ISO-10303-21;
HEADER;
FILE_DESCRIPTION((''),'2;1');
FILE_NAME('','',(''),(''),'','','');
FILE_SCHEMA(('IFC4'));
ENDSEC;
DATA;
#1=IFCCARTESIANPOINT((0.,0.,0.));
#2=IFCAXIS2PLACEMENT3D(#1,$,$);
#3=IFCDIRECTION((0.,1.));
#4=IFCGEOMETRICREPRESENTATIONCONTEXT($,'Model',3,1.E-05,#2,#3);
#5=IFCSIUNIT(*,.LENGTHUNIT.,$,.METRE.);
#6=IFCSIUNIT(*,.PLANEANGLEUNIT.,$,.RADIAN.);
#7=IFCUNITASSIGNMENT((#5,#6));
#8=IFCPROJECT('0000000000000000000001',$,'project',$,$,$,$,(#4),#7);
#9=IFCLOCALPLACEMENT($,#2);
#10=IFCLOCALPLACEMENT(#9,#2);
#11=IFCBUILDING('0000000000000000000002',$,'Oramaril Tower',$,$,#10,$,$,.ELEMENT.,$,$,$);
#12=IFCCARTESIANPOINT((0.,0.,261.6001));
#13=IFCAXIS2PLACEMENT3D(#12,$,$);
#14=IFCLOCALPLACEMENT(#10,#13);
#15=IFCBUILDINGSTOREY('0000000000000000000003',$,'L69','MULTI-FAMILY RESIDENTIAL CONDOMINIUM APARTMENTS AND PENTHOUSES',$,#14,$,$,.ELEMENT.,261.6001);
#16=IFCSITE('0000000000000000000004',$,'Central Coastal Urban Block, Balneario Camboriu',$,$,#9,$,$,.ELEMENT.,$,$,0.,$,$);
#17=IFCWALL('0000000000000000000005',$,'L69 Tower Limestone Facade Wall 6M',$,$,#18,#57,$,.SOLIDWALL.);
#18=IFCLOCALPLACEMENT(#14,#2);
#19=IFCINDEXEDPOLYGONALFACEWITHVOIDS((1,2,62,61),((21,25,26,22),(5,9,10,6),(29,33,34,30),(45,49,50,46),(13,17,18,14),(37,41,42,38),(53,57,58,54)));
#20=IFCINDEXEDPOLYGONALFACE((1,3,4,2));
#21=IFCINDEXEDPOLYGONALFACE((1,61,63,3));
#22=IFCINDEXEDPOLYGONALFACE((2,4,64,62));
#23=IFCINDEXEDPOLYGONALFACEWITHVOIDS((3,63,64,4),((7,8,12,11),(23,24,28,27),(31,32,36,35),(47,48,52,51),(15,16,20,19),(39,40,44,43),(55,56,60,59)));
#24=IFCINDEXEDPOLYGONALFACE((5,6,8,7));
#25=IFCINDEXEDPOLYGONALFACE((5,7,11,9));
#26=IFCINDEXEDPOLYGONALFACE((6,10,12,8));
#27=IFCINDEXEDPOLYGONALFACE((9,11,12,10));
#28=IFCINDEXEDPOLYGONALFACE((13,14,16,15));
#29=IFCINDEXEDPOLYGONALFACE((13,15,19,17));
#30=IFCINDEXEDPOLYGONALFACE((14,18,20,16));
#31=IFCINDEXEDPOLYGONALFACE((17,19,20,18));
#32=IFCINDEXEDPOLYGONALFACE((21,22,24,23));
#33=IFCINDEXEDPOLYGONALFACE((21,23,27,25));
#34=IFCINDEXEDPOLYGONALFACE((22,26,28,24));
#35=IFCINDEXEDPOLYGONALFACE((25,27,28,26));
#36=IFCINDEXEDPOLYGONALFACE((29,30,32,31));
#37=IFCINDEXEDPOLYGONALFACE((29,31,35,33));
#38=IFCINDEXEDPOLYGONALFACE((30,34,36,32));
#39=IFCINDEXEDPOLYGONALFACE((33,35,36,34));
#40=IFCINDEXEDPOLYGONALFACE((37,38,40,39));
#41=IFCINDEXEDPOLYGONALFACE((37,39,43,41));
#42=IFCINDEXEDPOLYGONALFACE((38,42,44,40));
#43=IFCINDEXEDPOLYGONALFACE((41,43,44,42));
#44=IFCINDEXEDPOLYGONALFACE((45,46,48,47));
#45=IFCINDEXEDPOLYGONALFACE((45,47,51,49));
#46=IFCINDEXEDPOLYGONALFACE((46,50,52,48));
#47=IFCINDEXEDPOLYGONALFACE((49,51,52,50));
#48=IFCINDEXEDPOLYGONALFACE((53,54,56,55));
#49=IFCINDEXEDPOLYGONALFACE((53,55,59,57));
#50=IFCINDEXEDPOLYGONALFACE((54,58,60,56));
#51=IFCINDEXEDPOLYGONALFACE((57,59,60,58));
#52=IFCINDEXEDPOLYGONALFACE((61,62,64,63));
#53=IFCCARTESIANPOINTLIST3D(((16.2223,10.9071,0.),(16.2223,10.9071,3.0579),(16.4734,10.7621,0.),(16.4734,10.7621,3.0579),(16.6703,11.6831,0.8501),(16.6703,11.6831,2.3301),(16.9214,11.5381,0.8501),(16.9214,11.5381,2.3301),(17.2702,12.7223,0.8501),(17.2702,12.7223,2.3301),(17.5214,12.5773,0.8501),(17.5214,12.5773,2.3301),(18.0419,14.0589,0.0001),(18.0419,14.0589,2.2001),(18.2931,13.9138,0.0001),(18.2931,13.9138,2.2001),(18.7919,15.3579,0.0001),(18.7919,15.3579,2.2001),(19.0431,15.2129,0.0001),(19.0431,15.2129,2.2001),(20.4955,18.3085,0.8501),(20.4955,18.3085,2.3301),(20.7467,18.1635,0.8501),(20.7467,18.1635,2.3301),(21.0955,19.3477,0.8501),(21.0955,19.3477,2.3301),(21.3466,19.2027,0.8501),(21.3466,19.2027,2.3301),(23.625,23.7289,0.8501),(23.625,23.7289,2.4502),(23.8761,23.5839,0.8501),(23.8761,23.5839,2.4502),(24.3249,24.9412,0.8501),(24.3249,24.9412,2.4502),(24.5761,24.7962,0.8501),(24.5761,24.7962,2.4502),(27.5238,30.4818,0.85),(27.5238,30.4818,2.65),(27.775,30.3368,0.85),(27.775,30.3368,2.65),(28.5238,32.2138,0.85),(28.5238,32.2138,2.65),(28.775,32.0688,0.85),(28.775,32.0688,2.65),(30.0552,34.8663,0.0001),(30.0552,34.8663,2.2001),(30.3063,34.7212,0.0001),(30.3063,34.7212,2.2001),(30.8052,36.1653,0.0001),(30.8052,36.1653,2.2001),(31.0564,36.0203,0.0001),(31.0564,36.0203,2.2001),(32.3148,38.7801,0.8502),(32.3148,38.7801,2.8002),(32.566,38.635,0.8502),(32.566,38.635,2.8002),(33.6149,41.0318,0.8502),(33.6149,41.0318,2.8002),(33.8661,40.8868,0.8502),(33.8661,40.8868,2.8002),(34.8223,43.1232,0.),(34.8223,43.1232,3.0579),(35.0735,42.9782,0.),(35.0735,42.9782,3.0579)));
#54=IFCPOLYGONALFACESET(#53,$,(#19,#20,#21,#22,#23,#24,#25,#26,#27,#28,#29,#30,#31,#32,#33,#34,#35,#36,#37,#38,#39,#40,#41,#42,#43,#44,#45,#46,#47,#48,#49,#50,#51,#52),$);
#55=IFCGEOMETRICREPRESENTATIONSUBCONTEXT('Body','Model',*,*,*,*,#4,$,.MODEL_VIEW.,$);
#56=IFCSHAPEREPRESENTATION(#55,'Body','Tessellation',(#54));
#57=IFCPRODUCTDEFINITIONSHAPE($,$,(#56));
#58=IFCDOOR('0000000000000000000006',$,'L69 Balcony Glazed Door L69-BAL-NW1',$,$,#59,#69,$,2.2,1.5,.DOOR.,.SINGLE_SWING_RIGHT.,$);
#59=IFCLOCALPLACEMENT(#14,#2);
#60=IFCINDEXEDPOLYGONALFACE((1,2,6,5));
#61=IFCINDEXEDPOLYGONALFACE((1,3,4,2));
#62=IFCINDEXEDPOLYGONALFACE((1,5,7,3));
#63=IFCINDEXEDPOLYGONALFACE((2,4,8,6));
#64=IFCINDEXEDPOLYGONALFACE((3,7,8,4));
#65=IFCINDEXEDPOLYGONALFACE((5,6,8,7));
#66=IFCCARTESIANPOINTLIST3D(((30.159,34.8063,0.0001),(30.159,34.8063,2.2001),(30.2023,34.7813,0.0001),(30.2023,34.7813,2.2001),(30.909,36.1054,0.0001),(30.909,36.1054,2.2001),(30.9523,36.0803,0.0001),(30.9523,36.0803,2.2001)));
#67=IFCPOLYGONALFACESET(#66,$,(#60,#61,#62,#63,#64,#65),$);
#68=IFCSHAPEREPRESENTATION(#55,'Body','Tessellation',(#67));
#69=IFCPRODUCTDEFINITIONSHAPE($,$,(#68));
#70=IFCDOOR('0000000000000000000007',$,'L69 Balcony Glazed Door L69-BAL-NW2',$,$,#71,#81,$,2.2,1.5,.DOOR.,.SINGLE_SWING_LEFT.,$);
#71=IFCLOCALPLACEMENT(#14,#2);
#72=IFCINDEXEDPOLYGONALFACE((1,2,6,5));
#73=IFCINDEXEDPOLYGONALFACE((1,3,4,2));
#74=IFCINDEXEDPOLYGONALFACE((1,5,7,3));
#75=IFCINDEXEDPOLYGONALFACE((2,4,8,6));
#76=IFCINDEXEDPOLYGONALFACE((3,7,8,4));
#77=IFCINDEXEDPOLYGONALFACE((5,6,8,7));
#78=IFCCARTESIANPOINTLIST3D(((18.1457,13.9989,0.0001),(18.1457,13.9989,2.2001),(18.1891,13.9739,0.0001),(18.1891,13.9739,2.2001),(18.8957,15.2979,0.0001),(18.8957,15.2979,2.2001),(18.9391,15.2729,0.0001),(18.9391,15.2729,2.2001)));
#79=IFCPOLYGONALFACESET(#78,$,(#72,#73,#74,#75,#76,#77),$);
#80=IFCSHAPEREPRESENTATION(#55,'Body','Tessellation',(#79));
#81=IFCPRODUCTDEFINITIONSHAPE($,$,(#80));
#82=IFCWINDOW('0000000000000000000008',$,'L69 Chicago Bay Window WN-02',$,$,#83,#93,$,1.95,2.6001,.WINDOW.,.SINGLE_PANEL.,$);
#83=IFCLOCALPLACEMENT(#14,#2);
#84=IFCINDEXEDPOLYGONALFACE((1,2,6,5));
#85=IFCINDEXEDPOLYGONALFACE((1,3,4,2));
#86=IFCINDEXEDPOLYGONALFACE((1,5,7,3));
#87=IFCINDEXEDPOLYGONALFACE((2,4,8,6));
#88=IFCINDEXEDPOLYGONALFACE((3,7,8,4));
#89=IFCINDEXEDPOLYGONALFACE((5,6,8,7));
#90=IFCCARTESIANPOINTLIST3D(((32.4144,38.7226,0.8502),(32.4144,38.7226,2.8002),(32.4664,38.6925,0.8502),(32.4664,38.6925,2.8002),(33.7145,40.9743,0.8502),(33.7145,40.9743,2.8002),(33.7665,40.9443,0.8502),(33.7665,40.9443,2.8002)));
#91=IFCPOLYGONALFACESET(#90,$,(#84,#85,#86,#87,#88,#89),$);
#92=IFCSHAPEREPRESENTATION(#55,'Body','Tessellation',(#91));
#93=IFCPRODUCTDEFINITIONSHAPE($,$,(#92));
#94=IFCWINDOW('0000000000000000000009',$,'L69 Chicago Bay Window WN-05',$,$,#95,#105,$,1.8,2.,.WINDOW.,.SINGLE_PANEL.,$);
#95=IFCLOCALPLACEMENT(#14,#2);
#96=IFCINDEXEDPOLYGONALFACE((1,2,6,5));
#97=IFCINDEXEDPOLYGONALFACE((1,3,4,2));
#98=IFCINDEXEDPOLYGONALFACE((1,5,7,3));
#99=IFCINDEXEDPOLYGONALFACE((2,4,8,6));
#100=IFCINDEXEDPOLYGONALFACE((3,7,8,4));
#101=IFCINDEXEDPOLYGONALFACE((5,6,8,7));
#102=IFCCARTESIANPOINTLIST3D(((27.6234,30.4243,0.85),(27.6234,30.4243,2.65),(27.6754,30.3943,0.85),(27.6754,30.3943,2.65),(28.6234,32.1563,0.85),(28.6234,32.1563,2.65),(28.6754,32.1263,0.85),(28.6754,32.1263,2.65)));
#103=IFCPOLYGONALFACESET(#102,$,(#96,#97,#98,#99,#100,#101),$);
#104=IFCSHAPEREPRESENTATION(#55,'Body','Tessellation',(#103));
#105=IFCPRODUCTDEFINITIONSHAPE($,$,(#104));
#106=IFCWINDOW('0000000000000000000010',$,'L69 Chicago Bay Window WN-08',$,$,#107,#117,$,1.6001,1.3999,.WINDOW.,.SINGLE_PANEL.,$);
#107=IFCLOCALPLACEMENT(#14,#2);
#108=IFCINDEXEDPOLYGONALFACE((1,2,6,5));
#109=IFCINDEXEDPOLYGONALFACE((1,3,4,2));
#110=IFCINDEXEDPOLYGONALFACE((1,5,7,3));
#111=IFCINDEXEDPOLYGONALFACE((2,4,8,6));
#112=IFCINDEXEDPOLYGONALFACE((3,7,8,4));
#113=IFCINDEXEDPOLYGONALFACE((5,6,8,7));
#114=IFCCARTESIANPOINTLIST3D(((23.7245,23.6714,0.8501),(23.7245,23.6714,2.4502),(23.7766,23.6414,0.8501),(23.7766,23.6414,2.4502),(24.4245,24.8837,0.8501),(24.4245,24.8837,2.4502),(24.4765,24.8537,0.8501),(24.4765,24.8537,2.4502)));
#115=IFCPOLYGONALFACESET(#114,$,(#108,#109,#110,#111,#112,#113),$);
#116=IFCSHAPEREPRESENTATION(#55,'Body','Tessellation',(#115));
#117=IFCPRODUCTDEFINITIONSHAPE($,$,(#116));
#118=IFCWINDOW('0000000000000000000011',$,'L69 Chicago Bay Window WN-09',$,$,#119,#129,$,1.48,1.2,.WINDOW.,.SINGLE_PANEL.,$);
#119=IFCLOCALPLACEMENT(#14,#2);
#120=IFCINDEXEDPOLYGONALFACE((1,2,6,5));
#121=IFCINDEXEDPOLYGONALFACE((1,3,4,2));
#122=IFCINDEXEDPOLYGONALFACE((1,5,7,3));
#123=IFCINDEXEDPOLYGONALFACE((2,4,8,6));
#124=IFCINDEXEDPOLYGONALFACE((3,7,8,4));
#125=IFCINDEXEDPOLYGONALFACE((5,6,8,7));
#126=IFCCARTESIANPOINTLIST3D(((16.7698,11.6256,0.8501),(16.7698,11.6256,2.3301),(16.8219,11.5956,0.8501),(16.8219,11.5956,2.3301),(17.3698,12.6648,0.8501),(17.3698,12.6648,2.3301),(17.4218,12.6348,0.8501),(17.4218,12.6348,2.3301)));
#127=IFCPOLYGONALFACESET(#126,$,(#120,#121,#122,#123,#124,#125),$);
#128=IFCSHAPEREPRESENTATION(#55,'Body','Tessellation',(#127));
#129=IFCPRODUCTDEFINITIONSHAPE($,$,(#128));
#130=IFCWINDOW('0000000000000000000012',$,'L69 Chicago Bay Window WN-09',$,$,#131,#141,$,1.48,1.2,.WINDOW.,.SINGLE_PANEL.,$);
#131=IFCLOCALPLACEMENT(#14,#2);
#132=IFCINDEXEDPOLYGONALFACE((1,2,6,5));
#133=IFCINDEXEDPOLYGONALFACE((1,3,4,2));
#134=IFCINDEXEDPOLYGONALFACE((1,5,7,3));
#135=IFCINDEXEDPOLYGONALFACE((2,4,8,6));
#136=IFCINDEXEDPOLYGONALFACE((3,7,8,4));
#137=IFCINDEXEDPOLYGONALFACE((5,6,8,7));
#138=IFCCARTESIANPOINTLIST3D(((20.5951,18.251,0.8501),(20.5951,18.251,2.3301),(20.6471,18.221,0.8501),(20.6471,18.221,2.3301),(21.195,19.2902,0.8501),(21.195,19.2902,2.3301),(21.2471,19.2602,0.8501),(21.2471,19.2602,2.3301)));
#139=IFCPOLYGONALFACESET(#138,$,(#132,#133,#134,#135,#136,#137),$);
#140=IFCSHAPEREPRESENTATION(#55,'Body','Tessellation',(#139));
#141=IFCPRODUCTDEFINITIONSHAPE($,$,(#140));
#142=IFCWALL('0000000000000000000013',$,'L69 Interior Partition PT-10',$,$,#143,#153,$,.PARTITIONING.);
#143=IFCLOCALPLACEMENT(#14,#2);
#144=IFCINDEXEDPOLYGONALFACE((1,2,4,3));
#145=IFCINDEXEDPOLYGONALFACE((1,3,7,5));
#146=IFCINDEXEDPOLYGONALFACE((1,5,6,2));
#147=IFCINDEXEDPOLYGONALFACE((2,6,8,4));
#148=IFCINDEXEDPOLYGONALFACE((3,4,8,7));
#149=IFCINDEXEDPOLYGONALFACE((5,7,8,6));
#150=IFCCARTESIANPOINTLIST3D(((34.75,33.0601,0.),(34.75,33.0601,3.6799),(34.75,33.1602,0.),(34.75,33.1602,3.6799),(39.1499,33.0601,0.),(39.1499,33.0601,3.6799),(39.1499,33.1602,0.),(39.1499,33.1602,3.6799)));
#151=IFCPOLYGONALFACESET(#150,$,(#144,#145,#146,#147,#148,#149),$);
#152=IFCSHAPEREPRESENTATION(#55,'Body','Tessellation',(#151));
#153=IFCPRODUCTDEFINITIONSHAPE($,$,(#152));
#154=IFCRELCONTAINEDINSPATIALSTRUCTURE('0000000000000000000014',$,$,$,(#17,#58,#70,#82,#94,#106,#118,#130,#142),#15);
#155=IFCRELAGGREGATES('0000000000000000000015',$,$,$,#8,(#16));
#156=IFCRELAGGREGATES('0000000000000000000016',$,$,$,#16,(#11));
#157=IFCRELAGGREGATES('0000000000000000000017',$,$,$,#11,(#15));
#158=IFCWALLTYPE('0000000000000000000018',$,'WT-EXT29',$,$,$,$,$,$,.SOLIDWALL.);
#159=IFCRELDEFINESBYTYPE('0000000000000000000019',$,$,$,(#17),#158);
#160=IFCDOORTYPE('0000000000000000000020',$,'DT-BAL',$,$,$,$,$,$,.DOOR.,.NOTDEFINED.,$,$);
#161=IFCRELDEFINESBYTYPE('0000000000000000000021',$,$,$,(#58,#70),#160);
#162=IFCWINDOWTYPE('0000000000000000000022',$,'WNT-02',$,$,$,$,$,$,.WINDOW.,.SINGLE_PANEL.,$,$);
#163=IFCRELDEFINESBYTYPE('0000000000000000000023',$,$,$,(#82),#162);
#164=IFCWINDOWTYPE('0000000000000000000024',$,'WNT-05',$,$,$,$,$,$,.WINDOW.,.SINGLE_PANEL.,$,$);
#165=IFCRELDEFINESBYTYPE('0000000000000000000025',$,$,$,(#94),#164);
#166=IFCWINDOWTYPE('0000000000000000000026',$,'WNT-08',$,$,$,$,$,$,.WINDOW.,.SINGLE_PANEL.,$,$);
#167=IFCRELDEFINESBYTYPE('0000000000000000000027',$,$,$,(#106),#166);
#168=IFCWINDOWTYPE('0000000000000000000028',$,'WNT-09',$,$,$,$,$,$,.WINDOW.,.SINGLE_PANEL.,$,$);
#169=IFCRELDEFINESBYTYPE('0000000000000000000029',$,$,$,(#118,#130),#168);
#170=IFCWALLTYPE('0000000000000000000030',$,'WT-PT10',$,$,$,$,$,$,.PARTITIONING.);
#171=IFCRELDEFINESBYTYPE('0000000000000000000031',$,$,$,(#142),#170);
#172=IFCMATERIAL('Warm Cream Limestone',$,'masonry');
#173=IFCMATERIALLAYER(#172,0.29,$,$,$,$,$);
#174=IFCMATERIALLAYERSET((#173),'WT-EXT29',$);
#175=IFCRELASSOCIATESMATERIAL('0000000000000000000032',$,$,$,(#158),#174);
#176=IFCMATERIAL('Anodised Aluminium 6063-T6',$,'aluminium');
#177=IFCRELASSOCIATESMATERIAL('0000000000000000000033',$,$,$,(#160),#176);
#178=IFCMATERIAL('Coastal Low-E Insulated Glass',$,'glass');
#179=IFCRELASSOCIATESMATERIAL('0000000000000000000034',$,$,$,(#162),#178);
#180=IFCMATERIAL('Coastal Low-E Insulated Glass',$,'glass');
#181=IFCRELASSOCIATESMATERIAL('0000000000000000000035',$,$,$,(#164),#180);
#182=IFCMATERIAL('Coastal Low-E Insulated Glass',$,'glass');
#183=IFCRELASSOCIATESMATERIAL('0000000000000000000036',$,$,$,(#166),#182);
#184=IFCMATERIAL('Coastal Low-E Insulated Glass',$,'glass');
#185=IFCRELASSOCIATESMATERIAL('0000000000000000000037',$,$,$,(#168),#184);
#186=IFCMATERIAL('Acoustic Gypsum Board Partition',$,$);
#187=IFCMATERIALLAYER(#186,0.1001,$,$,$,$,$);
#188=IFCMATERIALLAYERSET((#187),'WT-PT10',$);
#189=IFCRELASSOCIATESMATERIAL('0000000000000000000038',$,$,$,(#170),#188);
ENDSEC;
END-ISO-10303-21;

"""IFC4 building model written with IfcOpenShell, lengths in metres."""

from ifc_helpers import new_model, si_unit, direction, frame, frame_2d, origin, place, context, subcontext, project, spatial, rectangle, extrude, material, layer, layer_set, type_object, element, fill, save


model = new_model("IFC4")

# Units and contexts
model_context = context("Model", 3, precision=1e-05, world=origin(), true_north=direction((0.0, 1.0)))
body_context = subcontext(model_context, "Body", "Model", "MODEL_VIEW")
ifc_project = project(units=[si_unit("LENGTHUNIT", "METRE"), si_unit("PLANEANGLEUNIT", "RADIAN")], contexts=[model_context])

# Site, building, storey
site_placement = place(None, origin())
site = spatial("IfcSite", under=ifc_project, at=site_placement, Name="Central Coastal Urban Block, Balneario Camboriu", CompositionType="ELEMENT", RefElevation=0.0)
building_placement = place(site_placement, origin())
building = spatial("IfcBuilding", under=site, at=building_placement, Name="Oramaril Tower", CompositionType="ELEMENT")
storey_placement = place(building_placement, frame((0.0, 0.0, 261.6001)))
storey = spatial("IfcBuildingStorey", under=building, at=storey_placement, Name="L69", Description="MULTI-FAMILY RESIDENTIAL CONDOMINIUM APARTMENTS AND PENTHOUSES", CompositionType="ELEMENT", Elevation=261.6001)

# Shared definitions
ifc_material_1 = material(Name="Warm Cream Limestone", Category="masonry")
ifc_layer_1 = layer(ifc_material_1, 0.29)
ifc_layer_set_1 = layer_set([ifc_layer_1], Name="WT-EXT29")
wall_type_1 = type_object("IfcWallType", Name="WT-EXT29", PredefinedType="SOLIDWALL", material=ifc_layer_set_1)

# Wall, openings, doors, windows
wall_1_placement = place(storey_placement, frame((34.948, 43.0508, 0.0), z_axis=(0.0, 0.0, 1.0), x_axis=(-0.500003, -0.866024, 0.0)))
wall_1 = element("IfcWall", 1, at=wall_1_placement, inside=storey, type_object=wall_type_1, Name="L69 Tower Limestone Facade Wall 6M", PredefinedType="SOLIDWALL", context=body_context, shape_type="SweptSolid", body=[
    extrude(rectangle(XDim=37.2, YDim=0.29, at=frame_2d((18.6001, 0.0))), origin(), (0.0, 0.0, 1.0), 3.0579),
])
opening_1_placement = place(wall_1_placement, frame((8.0344, 0.0, 0.0)))
opening_1 = element("IfcOpeningElement", 2, at=opening_1_placement, cuts=wall_1, PredefinedType="OPENING", context=body_context, shape_type="SweptSolid", body=[
    extrude(rectangle(XDim=1.5, YDim=2.2, at=frame_2d((0.75, 1.1001))), frame((0.0, 0.145, 0.0), z_axis=(0.0, -1.0, 0.0), x_axis=(1.0, 0.0, 0.0)), (0.0, 0.0, 1.0), 0.29),
])
opening_2_placement = place(wall_1_placement, frame((32.0608, 0.0, 0.0)))
opening_2 = element("IfcOpeningElement", 3, at=opening_2_placement, cuts=wall_1, PredefinedType="OPENING", context=body_context, shape_type="SweptSolid", body=[
    extrude(rectangle(XDim=1.5, YDim=2.2, at=frame_2d((0.75, 1.1001))), frame((0.0, 0.145, 0.0), z_axis=(0.0, -1.0, 0.0), x_axis=(1.0, 0.0, 0.0)), (0.0, 0.0, 1.0), 0.29),
])
opening_3_placement = place(wall_1_placement, frame((35.104, 0.0, 0.8501)))
opening_3 = element("IfcOpeningElement", 4, at=opening_3_placement, cuts=wall_1, PredefinedType="OPENING", context=body_context, shape_type="SweptSolid", body=[
    extrude(rectangle(XDim=1.2, YDim=1.48, at=frame_2d((0.6001, 0.74))), frame((0.0, 0.145, 0.0), z_axis=(0.0, -1.0, 0.0), x_axis=(1.0, 0.0, 0.0)), (0.0, 0.0, 1.0), 0.29),
])
opening_4_placement = place(wall_1_placement, frame((12.5972, 0.0, 0.8501)))
opening_4 = element("IfcOpeningElement", 5, at=opening_4_placement, cuts=wall_1, PredefinedType="OPENING", context=body_context, shape_type="SweptSolid", body=[
    extrude(rectangle(XDim=2.0, YDim=1.8, at=frame_2d((1.0, 0.8999))), frame((0.0, 0.145, 0.0), z_axis=(0.0, -1.0, 0.0), x_axis=(1.0, 0.0, 0.0)), (0.0, 0.0, 1.0), 0.29),
])
opening_5_placement = place(wall_1_placement, frame((20.9949, 0.0, 0.8501)))
opening_5 = element("IfcOpeningElement", 6, at=opening_5_placement, cuts=wall_1, PredefinedType="OPENING", context=body_context, shape_type="SweptSolid", body=[
    extrude(rectangle(XDim=1.3999, YDim=1.6001, at=frame_2d((0.7, 0.8))), frame((0.0, 0.145, 0.0), z_axis=(0.0, -1.0, 0.0), x_axis=(1.0, 0.0, 0.0)), (0.0, 0.0, 1.0), 0.29),
])
opening_6_placement = place(wall_1_placement, frame((27.4536, 0.0, 0.8501)))
opening_6 = element("IfcOpeningElement", 7, at=opening_6_placement, cuts=wall_1, PredefinedType="OPENING", context=body_context, shape_type="SweptSolid", body=[
    extrude(rectangle(XDim=1.2, YDim=1.48, at=frame_2d((0.6001, 0.74))), frame((0.0, 0.145, 0.0), z_axis=(0.0, -1.0, 0.0), x_axis=(1.0, 0.0, 0.0)), (0.0, 0.0, 1.0), 0.29),
])
opening_7_placement = place(wall_1_placement, frame((2.415, 0.0, 0.8501)))
opening_7 = element("IfcOpeningElement", 8, at=opening_7_placement, cuts=wall_1, PredefinedType="OPENING", context=body_context, shape_type="SweptSolid", body=[
    extrude(rectangle(XDim=2.6001, YDim=1.95, at=frame_2d((1.3, 0.9751))), frame((0.0, 0.145, 0.0), z_axis=(0.0, -1.0, 0.0), x_axis=(1.0, 0.0, 0.0)), (0.0, 0.0, 1.0), 0.29),
])
ifc_material_2 = material(Name="Anodised Aluminium 6063-T6", Category="aluminium")
door_type_1 = type_object("IfcDoorType", Name="DT-BAL", OperationType="NOTDEFINED", PredefinedType="DOOR", material=ifc_material_2)
door_1_placement = place(opening_1_placement, origin())
door_1 = element("IfcDoor", 9, at=door_1_placement, inside=storey, type_object=door_type_1, Name="L69 Balcony Glazed Door L69-BAL-NW1", OperationType="SINGLE_SWING_RIGHT", OverallHeight=2.2, OverallWidth=1.5, PredefinedType="DOOR", context=body_context, shape_type="SweptSolid", body=[
    extrude(rectangle(XDim=1.5, YDim=2.2, at=frame_2d((0.75, 1.1001))), frame((0.0, 0.0249, 0.0), z_axis=(0.0, -1.0, 0.0), x_axis=(1.0, 0.0, 0.0)), (0.0, 0.0, 1.0), 0.05),
])
fill(opening_1, door_1)
door_2_placement = place(opening_2_placement, origin())
door_2 = element("IfcDoor", 10, at=door_2_placement, inside=storey, type_object=door_type_1, Name="L69 Balcony Glazed Door L69-BAL-NW2", OperationType="SINGLE_SWING_LEFT", OverallHeight=2.2, OverallWidth=1.5, PredefinedType="DOOR", context=body_context, shape_type="SweptSolid", body=[
    extrude(rectangle(XDim=1.5, YDim=2.2, at=frame_2d((0.75, 1.1001))), frame((0.0, 0.0249, 0.0), z_axis=(0.0, -1.0, 0.0), x_axis=(1.0, 0.0, 0.0)), (0.0, 0.0, 1.0), 0.05),
])
fill(opening_2, door_2)
ifc_material_3 = material(Name="Coastal Low-E Insulated Glass", Category="glass")
window_type_1 = type_object("IfcWindowType", Name="WNT-02", PartitioningType="SINGLE_PANEL", PredefinedType="WINDOW", material=ifc_material_3)
window_1_placement = place(opening_7_placement, origin())
window_1 = element("IfcWindow", 11, at=window_1_placement, inside=storey, type_object=window_type_1, Name="L69 Chicago Bay Window WN-02", OverallHeight=1.95, OverallWidth=2.6001, PartitioningType="SINGLE_PANEL", PredefinedType="WINDOW", context=body_context, shape_type="SweptSolid", body=[
    extrude(rectangle(XDim=2.6001, YDim=1.95, at=frame_2d((1.3, 0.9751))), frame((0.0, 0.03, 0.0), z_axis=(0.0, -1.0, 0.0), x_axis=(1.0, 0.0, 0.0)), (0.0, 0.0, 1.0), 0.0601),
])
fill(opening_7, window_1)
ifc_material_4 = material(Name="Coastal Low-E Insulated Glass", Category="glass")
window_type_2 = type_object("IfcWindowType", Name="WNT-05", PartitioningType="SINGLE_PANEL", PredefinedType="WINDOW", material=ifc_material_4)
window_2_placement = place(opening_4_placement, origin())
window_2 = element("IfcWindow", 12, at=window_2_placement, inside=storey, type_object=window_type_2, Name="L69 Chicago Bay Window WN-05", OverallHeight=1.8, OverallWidth=2.0, PartitioningType="SINGLE_PANEL", PredefinedType="WINDOW", context=body_context, shape_type="SweptSolid", body=[
    extrude(rectangle(XDim=2.0, YDim=1.8, at=frame_2d((1.0, 0.8999))), frame((0.0, 0.03, 0.0), z_axis=(0.0, -1.0, 0.0), x_axis=(1.0, 0.0, 0.0)), (0.0, 0.0, 1.0), 0.0601),
])
fill(opening_4, window_2)
ifc_material_5 = material(Name="Coastal Low-E Insulated Glass", Category="glass")
window_type_3 = type_object("IfcWindowType", Name="WNT-08", PartitioningType="SINGLE_PANEL", PredefinedType="WINDOW", material=ifc_material_5)
window_3_placement = place(opening_5_placement, origin())
window_3 = element("IfcWindow", 13, at=window_3_placement, inside=storey, type_object=window_type_3, Name="L69 Chicago Bay Window WN-08", OverallHeight=1.6001, OverallWidth=1.3999, PartitioningType="SINGLE_PANEL", PredefinedType="WINDOW", context=body_context, shape_type="SweptSolid", body=[
    extrude(rectangle(XDim=1.3999, YDim=1.6001, at=frame_2d((0.7, 0.8))), frame((0.0, 0.03, 0.0), z_axis=(0.0, -1.0, 0.0), x_axis=(1.0, 0.0, 0.0)), (0.0, 0.0, 1.0), 0.0601),
])
fill(opening_5, window_3)
ifc_material_6 = material(Name="Coastal Low-E Insulated Glass", Category="glass")
window_type_4 = type_object("IfcWindowType", Name="WNT-09", PartitioningType="SINGLE_PANEL", PredefinedType="WINDOW", material=ifc_material_6)
window_4_placement = place(opening_3_placement, origin())
window_4 = element("IfcWindow", 14, at=window_4_placement, inside=storey, type_object=window_type_4, Name="L69 Chicago Bay Window WN-09", OverallHeight=1.48, OverallWidth=1.2, PartitioningType="SINGLE_PANEL", PredefinedType="WINDOW", context=body_context, shape_type="SweptSolid", body=[
    extrude(rectangle(XDim=1.2, YDim=1.48, at=frame_2d((0.6001, 0.74))), frame((0.0, 0.03, 0.0), z_axis=(0.0, -1.0, 0.0), x_axis=(1.0, 0.0, 0.0)), (0.0, 0.0, 1.0), 0.0601),
])
fill(opening_3, window_4)
window_5_placement = place(opening_6_placement, origin())
window_5 = element("IfcWindow", 15, at=window_5_placement, inside=storey, type_object=window_type_4, Name="L69 Chicago Bay Window WN-09", OverallHeight=1.48, OverallWidth=1.2, PartitioningType="SINGLE_PANEL", PredefinedType="WINDOW", context=body_context, shape_type="SweptSolid", body=[
    extrude(rectangle(XDim=1.2, YDim=1.48, at=frame_2d((0.6001, 0.74))), frame((0.0, 0.03, 0.0), z_axis=(0.0, -1.0, 0.0), x_axis=(1.0, 0.0, 0.0)), (0.0, 0.0, 1.0), 0.0601),
])
fill(opening_6, window_5)

# Wall
ifc_material_7 = material(Name="Acoustic Gypsum Board Partition")
ifc_layer_2 = layer(ifc_material_7, 0.1001)
ifc_layer_set_2 = layer_set([ifc_layer_2], Name="WT-PT10")
wall_type_2 = type_object("IfcWallType", Name="WT-PT10", PredefinedType="PARTITIONING", material=ifc_layer_set_2)
for number, where, z_axis, x_axis, name in (
    (16, (34.75, 33.1101, 0.0), (0.0, 0.0, 1.0), (1.0, 0.0, 0.0), "L69 Interior Partition PT-10"),
):
    element("IfcWall", number, at=place(storey_placement, frame(where, z_axis=z_axis, x_axis=x_axis)), inside=storey, type_object=wall_type_2, Name=name, PredefinedType="PARTITIONING", context=body_context, shape_type="SweptSolid", body=[
        extrude(rectangle(XDim=4.3999, YDim=0.1001, at=frame_2d((2.2, 0.0))), origin(), (0.0, 0.0, 1.0), 3.6799),
    ])

save(model, "model.ifc")
